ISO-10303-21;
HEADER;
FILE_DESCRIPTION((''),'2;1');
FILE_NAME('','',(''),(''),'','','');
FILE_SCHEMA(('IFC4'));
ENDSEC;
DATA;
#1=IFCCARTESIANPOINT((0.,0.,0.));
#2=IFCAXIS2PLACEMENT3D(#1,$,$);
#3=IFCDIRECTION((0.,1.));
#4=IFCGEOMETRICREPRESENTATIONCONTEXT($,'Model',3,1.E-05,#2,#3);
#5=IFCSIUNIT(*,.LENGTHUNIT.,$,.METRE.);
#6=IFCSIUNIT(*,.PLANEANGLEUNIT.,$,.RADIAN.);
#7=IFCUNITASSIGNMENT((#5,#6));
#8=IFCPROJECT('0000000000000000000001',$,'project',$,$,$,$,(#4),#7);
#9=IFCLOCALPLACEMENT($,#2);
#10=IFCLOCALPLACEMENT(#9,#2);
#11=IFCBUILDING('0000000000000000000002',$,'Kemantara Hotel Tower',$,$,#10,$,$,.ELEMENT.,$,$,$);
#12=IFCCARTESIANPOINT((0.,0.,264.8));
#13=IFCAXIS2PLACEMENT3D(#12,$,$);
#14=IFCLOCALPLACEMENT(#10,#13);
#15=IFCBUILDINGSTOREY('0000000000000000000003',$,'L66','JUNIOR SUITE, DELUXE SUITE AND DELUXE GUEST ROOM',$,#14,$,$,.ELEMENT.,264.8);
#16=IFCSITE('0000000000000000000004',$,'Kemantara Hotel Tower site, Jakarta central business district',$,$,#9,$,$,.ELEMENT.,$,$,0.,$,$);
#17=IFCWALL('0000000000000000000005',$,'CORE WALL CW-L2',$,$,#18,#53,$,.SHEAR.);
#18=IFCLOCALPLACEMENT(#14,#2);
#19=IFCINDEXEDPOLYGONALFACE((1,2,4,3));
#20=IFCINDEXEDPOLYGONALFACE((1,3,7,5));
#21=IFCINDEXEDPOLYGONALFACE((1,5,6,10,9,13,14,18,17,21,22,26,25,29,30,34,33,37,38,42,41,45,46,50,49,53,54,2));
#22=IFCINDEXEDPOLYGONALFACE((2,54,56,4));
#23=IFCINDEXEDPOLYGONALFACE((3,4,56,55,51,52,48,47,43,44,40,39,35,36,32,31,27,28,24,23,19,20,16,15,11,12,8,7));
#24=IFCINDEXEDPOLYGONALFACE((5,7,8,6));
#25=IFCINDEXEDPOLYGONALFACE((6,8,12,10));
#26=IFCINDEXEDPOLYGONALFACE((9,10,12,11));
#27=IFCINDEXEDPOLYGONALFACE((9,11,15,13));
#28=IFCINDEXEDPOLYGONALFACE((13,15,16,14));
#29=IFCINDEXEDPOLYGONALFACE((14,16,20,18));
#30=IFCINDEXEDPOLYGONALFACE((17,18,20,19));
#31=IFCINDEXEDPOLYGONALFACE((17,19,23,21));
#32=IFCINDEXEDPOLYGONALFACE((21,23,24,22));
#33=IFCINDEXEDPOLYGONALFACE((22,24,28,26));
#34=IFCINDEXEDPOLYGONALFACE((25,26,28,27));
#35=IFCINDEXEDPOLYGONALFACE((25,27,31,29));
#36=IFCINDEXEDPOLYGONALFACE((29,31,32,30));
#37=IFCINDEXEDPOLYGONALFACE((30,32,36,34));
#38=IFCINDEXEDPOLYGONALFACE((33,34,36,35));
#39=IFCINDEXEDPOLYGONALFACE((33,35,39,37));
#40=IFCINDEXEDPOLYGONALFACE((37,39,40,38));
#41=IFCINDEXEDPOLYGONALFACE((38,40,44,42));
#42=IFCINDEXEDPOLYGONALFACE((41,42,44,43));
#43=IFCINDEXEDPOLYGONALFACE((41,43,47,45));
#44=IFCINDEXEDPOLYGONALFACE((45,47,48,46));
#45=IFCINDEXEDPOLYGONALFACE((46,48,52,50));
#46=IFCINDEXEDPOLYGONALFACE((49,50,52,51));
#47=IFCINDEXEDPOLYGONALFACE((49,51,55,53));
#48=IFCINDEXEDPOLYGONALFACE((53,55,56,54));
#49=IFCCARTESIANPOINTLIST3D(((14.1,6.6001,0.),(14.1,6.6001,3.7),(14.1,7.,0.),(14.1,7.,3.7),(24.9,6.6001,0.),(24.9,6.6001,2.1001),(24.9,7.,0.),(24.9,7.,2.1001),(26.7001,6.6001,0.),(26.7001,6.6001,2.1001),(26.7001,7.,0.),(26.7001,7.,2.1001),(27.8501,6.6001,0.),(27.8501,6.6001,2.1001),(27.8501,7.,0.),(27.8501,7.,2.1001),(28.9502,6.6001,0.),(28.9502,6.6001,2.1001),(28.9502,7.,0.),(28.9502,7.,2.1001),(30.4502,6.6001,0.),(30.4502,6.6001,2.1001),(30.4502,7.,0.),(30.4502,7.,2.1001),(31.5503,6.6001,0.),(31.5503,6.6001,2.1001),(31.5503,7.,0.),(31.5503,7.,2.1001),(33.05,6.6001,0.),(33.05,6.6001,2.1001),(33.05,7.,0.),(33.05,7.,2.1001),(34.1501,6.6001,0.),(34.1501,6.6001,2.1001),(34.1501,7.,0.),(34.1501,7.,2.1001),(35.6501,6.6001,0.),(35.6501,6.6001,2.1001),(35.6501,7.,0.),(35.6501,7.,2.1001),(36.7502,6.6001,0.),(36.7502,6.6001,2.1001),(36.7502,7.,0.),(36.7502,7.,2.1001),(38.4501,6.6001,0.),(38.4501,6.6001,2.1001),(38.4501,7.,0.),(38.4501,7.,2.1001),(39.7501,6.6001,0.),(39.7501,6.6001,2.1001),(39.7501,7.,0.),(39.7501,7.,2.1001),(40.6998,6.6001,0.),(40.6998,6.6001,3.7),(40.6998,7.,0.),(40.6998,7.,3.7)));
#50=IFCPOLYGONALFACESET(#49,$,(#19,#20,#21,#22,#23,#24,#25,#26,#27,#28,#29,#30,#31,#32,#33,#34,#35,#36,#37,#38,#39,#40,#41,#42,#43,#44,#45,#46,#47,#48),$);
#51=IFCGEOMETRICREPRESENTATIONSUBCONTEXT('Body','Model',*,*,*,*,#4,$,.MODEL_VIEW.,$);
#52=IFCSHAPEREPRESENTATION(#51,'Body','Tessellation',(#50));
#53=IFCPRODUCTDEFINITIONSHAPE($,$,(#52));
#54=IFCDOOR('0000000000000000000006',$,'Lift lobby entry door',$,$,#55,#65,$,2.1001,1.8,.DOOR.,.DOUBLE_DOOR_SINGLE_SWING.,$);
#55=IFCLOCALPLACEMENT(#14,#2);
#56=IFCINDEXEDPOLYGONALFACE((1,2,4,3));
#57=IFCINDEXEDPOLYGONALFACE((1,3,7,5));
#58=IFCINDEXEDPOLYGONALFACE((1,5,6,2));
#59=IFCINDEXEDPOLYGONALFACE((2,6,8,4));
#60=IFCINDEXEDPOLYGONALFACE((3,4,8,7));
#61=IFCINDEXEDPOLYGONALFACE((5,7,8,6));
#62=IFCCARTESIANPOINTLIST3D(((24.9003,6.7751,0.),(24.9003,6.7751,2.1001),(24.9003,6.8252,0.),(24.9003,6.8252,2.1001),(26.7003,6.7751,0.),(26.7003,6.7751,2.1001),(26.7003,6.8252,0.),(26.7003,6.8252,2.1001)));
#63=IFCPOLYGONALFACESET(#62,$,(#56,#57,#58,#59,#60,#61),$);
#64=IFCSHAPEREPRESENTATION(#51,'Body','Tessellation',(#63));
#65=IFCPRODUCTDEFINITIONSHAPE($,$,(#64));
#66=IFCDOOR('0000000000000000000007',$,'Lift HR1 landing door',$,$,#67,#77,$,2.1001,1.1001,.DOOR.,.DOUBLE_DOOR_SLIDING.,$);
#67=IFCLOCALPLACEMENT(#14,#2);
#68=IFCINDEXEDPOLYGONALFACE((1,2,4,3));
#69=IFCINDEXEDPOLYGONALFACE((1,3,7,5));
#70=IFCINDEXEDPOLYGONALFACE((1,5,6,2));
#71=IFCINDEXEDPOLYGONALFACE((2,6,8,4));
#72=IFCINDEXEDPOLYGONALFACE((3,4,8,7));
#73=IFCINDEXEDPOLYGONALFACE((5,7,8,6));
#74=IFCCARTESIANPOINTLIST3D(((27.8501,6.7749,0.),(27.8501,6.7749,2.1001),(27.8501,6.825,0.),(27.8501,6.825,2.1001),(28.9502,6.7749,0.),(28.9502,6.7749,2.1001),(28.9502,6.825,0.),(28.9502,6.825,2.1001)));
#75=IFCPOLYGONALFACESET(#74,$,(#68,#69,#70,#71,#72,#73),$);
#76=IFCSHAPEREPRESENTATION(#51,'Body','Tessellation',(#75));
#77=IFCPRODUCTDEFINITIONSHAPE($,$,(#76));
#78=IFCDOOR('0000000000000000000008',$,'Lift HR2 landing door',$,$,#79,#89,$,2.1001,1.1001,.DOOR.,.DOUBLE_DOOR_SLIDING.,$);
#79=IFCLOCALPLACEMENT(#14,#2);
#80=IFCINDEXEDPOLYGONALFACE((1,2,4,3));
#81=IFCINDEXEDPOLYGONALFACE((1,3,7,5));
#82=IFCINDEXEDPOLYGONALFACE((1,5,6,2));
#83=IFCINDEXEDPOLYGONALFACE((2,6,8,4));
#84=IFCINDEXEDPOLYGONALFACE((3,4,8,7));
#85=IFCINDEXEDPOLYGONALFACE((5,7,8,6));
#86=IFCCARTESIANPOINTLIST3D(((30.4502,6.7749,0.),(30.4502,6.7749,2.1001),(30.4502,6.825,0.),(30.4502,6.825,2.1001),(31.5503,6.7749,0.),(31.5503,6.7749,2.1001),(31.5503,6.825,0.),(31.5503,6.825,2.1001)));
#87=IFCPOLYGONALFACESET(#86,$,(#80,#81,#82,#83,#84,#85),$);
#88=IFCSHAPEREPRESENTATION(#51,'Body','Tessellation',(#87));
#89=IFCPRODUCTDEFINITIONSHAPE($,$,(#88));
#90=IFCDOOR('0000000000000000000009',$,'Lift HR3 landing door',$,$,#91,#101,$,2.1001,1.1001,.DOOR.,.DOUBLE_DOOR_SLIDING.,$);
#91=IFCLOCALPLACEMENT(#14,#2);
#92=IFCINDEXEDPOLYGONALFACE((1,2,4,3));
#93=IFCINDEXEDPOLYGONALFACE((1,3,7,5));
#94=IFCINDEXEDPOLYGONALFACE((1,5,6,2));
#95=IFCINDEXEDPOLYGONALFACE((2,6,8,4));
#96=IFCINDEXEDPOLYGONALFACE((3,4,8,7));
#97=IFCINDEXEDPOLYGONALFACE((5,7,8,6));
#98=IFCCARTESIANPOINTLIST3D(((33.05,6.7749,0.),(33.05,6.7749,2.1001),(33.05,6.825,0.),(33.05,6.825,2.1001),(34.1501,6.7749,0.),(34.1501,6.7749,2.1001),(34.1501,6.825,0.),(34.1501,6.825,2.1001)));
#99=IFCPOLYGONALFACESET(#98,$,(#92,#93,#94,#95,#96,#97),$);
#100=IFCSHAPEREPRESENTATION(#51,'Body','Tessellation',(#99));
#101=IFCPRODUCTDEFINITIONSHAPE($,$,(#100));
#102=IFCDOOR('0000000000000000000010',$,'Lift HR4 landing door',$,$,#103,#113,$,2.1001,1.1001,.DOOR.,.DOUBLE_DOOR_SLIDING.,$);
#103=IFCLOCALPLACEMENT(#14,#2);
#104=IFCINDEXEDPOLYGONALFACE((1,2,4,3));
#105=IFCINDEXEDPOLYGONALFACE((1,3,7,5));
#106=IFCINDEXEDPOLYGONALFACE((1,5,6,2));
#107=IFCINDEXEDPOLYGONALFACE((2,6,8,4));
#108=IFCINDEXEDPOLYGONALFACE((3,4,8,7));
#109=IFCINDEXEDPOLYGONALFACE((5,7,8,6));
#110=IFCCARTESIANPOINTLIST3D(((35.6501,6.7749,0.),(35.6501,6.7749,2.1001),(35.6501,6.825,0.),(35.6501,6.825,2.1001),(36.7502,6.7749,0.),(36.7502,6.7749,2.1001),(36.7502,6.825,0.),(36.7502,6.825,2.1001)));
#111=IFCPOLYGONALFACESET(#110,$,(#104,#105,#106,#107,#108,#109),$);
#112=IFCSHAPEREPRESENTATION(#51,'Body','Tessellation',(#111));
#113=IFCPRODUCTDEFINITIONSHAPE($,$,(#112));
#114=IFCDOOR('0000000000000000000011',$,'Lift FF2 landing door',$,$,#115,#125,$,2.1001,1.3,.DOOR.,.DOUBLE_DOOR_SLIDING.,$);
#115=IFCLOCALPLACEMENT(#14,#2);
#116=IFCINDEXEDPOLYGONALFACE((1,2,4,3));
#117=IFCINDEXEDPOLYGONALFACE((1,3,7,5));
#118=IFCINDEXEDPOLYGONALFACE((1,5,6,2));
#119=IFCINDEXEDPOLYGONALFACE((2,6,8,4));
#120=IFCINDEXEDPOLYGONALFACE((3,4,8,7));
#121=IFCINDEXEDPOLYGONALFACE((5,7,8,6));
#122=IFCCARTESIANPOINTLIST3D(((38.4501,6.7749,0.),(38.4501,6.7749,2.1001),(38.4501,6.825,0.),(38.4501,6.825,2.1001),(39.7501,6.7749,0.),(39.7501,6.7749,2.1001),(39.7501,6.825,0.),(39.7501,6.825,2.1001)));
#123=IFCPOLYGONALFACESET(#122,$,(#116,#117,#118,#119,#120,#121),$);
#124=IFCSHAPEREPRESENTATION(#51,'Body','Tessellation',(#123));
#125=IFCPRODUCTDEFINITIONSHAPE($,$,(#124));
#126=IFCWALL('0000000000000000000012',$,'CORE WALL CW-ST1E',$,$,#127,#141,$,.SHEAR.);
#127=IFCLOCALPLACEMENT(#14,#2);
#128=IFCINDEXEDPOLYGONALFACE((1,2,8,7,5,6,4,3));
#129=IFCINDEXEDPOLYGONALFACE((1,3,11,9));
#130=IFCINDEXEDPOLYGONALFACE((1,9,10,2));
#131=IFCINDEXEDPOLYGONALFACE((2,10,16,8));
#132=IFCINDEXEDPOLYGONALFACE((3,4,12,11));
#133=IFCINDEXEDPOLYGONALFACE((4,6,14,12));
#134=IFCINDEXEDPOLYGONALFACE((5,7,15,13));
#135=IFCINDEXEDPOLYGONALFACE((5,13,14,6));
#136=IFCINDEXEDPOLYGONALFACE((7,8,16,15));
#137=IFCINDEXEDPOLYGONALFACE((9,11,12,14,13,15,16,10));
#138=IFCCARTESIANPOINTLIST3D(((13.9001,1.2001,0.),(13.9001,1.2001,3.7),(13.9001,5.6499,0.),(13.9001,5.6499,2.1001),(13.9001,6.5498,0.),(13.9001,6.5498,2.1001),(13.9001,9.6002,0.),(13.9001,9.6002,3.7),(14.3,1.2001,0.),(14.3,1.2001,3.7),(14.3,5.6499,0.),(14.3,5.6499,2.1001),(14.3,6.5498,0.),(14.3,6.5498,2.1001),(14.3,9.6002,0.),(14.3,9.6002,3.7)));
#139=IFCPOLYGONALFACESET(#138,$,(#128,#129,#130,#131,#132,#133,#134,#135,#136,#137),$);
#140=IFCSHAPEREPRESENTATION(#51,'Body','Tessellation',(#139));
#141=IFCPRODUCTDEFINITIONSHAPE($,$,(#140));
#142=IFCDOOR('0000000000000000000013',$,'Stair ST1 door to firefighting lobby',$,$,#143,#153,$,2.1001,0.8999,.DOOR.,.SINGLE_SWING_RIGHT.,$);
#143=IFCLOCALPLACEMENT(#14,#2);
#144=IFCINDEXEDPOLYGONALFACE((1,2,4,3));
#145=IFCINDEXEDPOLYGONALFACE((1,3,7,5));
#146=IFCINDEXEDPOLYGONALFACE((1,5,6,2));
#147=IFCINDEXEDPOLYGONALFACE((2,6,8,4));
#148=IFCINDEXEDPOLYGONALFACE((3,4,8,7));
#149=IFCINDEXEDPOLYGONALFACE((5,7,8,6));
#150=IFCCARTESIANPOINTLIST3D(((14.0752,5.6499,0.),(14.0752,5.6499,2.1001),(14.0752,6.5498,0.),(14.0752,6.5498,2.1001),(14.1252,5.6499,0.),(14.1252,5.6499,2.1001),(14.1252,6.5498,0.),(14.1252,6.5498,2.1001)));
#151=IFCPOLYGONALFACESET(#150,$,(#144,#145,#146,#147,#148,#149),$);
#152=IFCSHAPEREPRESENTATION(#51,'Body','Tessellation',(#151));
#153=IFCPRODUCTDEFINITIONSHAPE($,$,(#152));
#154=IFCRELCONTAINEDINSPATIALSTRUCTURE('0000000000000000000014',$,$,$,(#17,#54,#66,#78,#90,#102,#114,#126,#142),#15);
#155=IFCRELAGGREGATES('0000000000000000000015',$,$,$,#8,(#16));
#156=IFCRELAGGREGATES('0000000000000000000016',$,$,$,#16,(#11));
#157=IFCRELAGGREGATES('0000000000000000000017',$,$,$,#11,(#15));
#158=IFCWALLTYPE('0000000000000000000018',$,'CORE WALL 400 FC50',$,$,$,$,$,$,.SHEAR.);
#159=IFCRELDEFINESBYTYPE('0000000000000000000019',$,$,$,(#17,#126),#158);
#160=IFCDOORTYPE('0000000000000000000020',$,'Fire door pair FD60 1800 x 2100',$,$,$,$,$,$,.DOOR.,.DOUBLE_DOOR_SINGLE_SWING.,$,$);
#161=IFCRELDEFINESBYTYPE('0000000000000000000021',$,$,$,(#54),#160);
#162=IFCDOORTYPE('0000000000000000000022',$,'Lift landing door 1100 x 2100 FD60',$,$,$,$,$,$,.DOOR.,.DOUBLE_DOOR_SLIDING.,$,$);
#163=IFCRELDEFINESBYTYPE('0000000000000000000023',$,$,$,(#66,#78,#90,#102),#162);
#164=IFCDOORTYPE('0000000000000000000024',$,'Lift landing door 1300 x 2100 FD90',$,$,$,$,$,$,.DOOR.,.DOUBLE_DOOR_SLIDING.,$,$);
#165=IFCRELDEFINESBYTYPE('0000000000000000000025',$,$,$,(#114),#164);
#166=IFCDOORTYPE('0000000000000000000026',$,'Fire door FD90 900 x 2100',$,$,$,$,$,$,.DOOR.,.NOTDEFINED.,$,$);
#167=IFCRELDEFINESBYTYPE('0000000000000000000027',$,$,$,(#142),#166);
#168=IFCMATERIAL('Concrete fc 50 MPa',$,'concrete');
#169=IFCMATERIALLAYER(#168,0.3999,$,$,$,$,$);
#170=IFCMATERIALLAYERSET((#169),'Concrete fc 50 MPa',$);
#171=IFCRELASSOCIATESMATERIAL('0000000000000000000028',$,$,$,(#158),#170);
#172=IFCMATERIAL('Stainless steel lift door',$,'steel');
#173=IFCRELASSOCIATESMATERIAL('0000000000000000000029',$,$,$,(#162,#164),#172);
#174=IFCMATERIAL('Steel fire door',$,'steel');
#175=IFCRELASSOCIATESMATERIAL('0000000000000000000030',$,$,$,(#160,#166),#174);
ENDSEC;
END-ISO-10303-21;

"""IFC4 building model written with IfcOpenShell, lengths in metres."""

from ifc_helpers import new_model, si_unit, direction, frame, frame_2d, origin, place, context, subcontext, project, spatial, rectangle, extrude, material, layer, layer_set, type_object, element, fill, save


model = new_model("IFC4")

# Units and contexts
model_context = context("Model", 3, precision=1e-05, world=origin(), true_north=direction((0.0, 1.0)))
body_context = subcontext(model_context, "Body", "Model", "MODEL_VIEW")
ifc_project = project(units=[si_unit("LENGTHUNIT", "METRE"), si_unit("PLANEANGLEUNIT", "RADIAN")], contexts=[model_context])

# Site, building, storey
site_placement = place(None, origin())
site = spatial("IfcSite", under=ifc_project, at=site_placement, Name="Kemantara Hotel Tower site, Jakarta central business district", CompositionType="ELEMENT", RefElevation=0.0)
building_placement = place(site_placement, origin())
building = spatial("IfcBuilding", under=site, at=building_placement, Name="Kemantara Hotel Tower", CompositionType="ELEMENT")
storey_placement = place(building_placement, frame((0.0, 0.0, 264.8)))
storey = spatial("IfcBuildingStorey", under=building, at=storey_placement, Name="L66", Description="JUNIOR SUITE, DELUXE SUITE AND DELUXE GUEST ROOM", CompositionType="ELEMENT", Elevation=264.8)

# Shared definitions
ifc_material_1 = material(Name="Concrete fc 50 MPa", Category="concrete")

# Shared definitions
ifc_layer_1 = layer(ifc_material_1, 0.3999)
ifc_layer_set_1 = layer_set([ifc_layer_1], Name="Concrete fc 50 MPa")
wall_type_1 = type_object("IfcWallType", Name="CORE WALL 400 FC50", PredefinedType="SHEAR", material=ifc_layer_set_1)
ifc_material_2 = material(Name="Steel fire door", Category="steel")

# Wall, openings, doors
ifc_material_3 = material(Name="Stainless steel lift door", Category="steel")
door_type_1 = type_object("IfcDoorType", Name="Lift landing door 1100 x 2100 FD60", OperationType="DOUBLE_DOOR_SLIDING", PredefinedType="DOOR", material=ifc_material_3)
door_type_2 = type_object("IfcDoorType", Name="Lift landing door 1300 x 2100 FD90", OperationType="DOUBLE_DOOR_SLIDING", PredefinedType="DOOR", material=ifc_material_3)
wall_1_placement = place(storey_placement, frame((14.1001, 6.8, 0.0), z_axis=(0.0, 0.0, 1.0), x_axis=(1.0, 0.0, 0.0)))
wall_1 = element("IfcWall", 1, at=wall_1_placement, inside=storey, type_object=wall_type_1, Name="CORE WALL CW-L2", PredefinedType="SHEAR", context=body_context, shape_type="SweptSolid", body=[
    extrude(rectangle(XDim=26.5999, YDim=0.3999, at=frame_2d((13.2998, 0.0))), origin(), (0.0, 0.0, 1.0), 3.7),
])
opening_1_placement = place(wall_1_placement, frame((10.8, 0.0, 0.0)))
opening_1 = element("IfcOpeningElement", 2, at=opening_1_placement, cuts=wall_1, PredefinedType="OPENING", context=body_context, shape_type="SweptSolid", body=[
    extrude(rectangle(XDim=1.8, YDim=2.1001, at=frame_2d((0.8999, 1.05))), frame((0.0, 0.21, 0.0), z_axis=(0.0, -1.0, 0.0), x_axis=(1.0, 0.0, 0.0)), (0.0, 0.0, 1.0), 0.4199),
])
opening_2_placement = place(wall_1_placement, frame((13.75, 0.0, 0.0)))
opening_2 = element("IfcOpeningElement", 3, at=opening_2_placement, cuts=wall_1, PredefinedType="OPENING", context=body_context, shape_type="SweptSolid", body=[
    extrude(rectangle(XDim=1.1001, YDim=2.1001, at=frame_2d((0.55, 1.05))), frame((0.0, 0.21, 0.0), z_axis=(0.0, -1.0, 0.0), x_axis=(1.0, 0.0, 0.0)), (0.0, 0.0, 1.0), 0.4199),
])
opening_3_placement = place(wall_1_placement, frame((16.3501, 0.0, 0.0)))
opening_3 = element("IfcOpeningElement", 4, at=opening_3_placement, cuts=wall_1, PredefinedType="OPENING", context=body_context, shape_type="SweptSolid", body=[
    extrude(rectangle(XDim=1.1001, YDim=2.1001, at=frame_2d((0.55, 1.05))), frame((0.0, 0.21, 0.0), z_axis=(0.0, -1.0, 0.0), x_axis=(1.0, 0.0, 0.0)), (0.0, 0.0, 1.0), 0.4199),
])
opening_4_placement = place(wall_1_placement, frame((18.95, 0.0, 0.0)))
opening_4 = element("IfcOpeningElement", 5, at=opening_4_placement, cuts=wall_1, PredefinedType="OPENING", context=body_context, shape_type="SweptSolid", body=[
    extrude(rectangle(XDim=1.1001, YDim=2.1001, at=frame_2d((0.55, 1.05))), frame((0.0, 0.21, 0.0), z_axis=(0.0, -1.0, 0.0), x_axis=(1.0, 0.0, 0.0)), (0.0, 0.0, 1.0), 0.4199),
])
opening_5_placement = place(wall_1_placement, frame((21.55, 0.0, 0.0)))
opening_5 = element("IfcOpeningElement", 6, at=opening_5_placement, cuts=wall_1, PredefinedType="OPENING", context=body_context, shape_type="SweptSolid", body=[
    extrude(rectangle(XDim=1.1001, YDim=2.1001, at=frame_2d((0.55, 1.05))), frame((0.0, 0.21, 0.0), z_axis=(0.0, -1.0, 0.0), x_axis=(1.0, 0.0, 0.0)), (0.0, 0.0, 1.0), 0.4199),
])
opening_6_placement = place(wall_1_placement, frame((24.3501, 0.0, 0.0)))
opening_6 = element("IfcOpeningElement", 7, at=opening_6_placement, cuts=wall_1, PredefinedType="OPENING", context=body_context, shape_type="SweptSolid", body=[
    extrude(rectangle(XDim=1.3, YDim=2.1001, at=frame_2d((0.6499, 1.05))), frame((0.0, 0.21, 0.0), z_axis=(0.0, -1.0, 0.0), x_axis=(1.0, 0.0, 0.0)), (0.0, 0.0, 1.0), 0.4199),
])
door_type_3 = type_object("IfcDoorType", Name="Fire door pair FD60 1800 x 2100", OperationType="DOUBLE_DOOR_SINGLE_SWING", PredefinedType="DOOR", material=ifc_material_2)
door_1_placement = place(opening_1_placement, frame((1.8, 0.0, 0.0), z_axis=(0.0, 0.0, 1.0), x_axis=(-1.0, 0.0, 0.0)))
door_1 = element("IfcDoor", 8, at=door_1_placement, inside=storey, type_object=door_type_3, Name="Lift lobby entry door", OperationType="DOUBLE_DOOR_SINGLE_SWING", OverallHeight=2.1001, OverallWidth=1.8, PredefinedType="DOOR", context=body_context, shape_type="SweptSolid", body=[
    extrude(rectangle(XDim=1.8, YDim=2.1001, at=frame_2d((0.8999, 1.05))), frame((0.0, 0.0249, 0.0), z_axis=(0.0, -1.0, 0.0), x_axis=(1.0, 0.0, 0.0)), (0.0, 0.0, 1.0), 0.05),
])
fill(opening_1, door_1)
door_2_placement = place(opening_2_placement, origin())
door_2 = element("IfcDoor", 9, at=door_2_placement, inside=storey, type_object=door_type_1, Name="Lift HR1 landing door", OperationType="DOUBLE_DOOR_SLIDING", OverallHeight=2.1001, OverallWidth=1.1001, PredefinedType="DOOR", context=body_context, shape_type="SweptSolid", body=[
    extrude(rectangle(XDim=1.1001, YDim=2.1001, at=frame_2d((0.55, 1.05))), frame((0.0, 0.0249, 0.0), z_axis=(0.0, -1.0, 0.0), x_axis=(1.0, 0.0, 0.0)), (0.0, 0.0, 1.0), 0.05),
])
fill(opening_2, door_2)
door_3_placement = place(opening_3_placement, origin())
door_3 = element("IfcDoor", 10, at=door_3_placement, inside=storey, type_object=door_type_1, Name="Lift HR2 landing door", OperationType="DOUBLE_DOOR_SLIDING", OverallHeight=2.1001, OverallWidth=1.1001, PredefinedType="DOOR", context=body_context, shape_type="SweptSolid", body=[
    extrude(rectangle(XDim=1.1001, YDim=2.1001, at=frame_2d((0.55, 1.05))), frame((0.0, 0.0249, 0.0), z_axis=(0.0, -1.0, 0.0), x_axis=(1.0, 0.0, 0.0)), (0.0, 0.0, 1.0), 0.05),
])
fill(opening_3, door_3)
door_4_placement = place(opening_4_placement, origin())
door_4 = element("IfcDoor", 11, at=door_4_placement, inside=storey, type_object=door_type_1, Name="Lift HR3 landing door", OperationType="DOUBLE_DOOR_SLIDING", OverallHeight=2.1001, OverallWidth=1.1001, PredefinedType="DOOR", context=body_context, shape_type="SweptSolid", body=[
    extrude(rectangle(XDim=1.1001, YDim=2.1001, at=frame_2d((0.55, 1.05))), frame((0.0, 0.0249, 0.0), z_axis=(0.0, -1.0, 0.0), x_axis=(1.0, 0.0, 0.0)), (0.0, 0.0, 1.0), 0.05),
])
fill(opening_4, door_4)
door_5_placement = place(opening_5_placement, origin())
door_5 = element("IfcDoor", 12, at=door_5_placement, inside=storey, type_object=door_type_1, Name="Lift HR4 landing door", OperationType="DOUBLE_DOOR_SLIDING", OverallHeight=2.1001, OverallWidth=1.1001, PredefinedType="DOOR", context=body_context, shape_type="SweptSolid", body=[
    extrude(rectangle(XDim=1.1001, YDim=2.1001, at=frame_2d((0.55, 1.05))), frame((0.0, 0.0249, 0.0), z_axis=(0.0, -1.0, 0.0), x_axis=(1.0, 0.0, 0.0)), (0.0, 0.0, 1.0), 0.05),
])
fill(opening_5, door_5)
door_6_placement = place(opening_6_placement, origin())
door_6 = element("IfcDoor", 13, at=door_6_placement, inside=storey, type_object=door_type_2, Name="Lift FF2 landing door", OperationType="DOUBLE_DOOR_SLIDING", OverallHeight=2.1001, OverallWidth=1.3, PredefinedType="DOOR", context=body_context, shape_type="SweptSolid", body=[
    extrude(rectangle(XDim=1.3, YDim=2.1001, at=frame_2d((0.6499, 1.05))), frame((0.0, 0.0249, 0.0), z_axis=(0.0, -1.0, 0.0), x_axis=(1.0, 0.0, 0.0)), (0.0, 0.0, 1.0), 0.05),
])
fill(opening_6, door_6)

# Wall, opening, door
wall_2_placement = place(storey_placement, frame((14.1001, 1.2, 0.0), z_axis=(0.0, 0.0, 1.0), x_axis=(0.0, 1.0, 0.0)))
wall_2 = element("IfcWall", 14, at=wall_2_placement, inside=storey, type_object=wall_type_1, Name="CORE WALL CW-ST1E", PredefinedType="SHEAR", context=body_context, shape_type="SweptSolid", body=[
    extrude(rectangle(XDim=8.4001, YDim=0.3999, at=frame_2d((4.2002, 0.0))), origin(), (0.0, 0.0, 1.0), 3.7),
])
opening_7_placement = place(wall_2_placement, frame((4.45, 0.0, 0.0)))
opening_7 = element("IfcOpeningElement", 15, at=opening_7_placement, cuts=wall_2, PredefinedType="OPENING", context=body_context, shape_type="SweptSolid", body=[
    extrude(rectangle(XDim=0.8999, YDim=2.1001, at=frame_2d((0.45, 1.05))), frame((0.0, 0.21, 0.0), z_axis=(0.0, -1.0, 0.0), x_axis=(1.0, 0.0, 0.0)), (0.0, 0.0, 1.0), 0.4199),
])
door_type_4 = type_object("IfcDoorType", Name="Fire door FD90 900 x 2100", OperationType="NOTDEFINED", PredefinedType="DOOR", material=ifc_material_2)
door_7_placement = place(opening_7_placement, origin())
door_7 = element("IfcDoor", 16, at=door_7_placement, inside=storey, type_object=door_type_4, Name="Stair ST1 door to firefighting lobby", OperationType="SINGLE_SWING_RIGHT", OverallHeight=2.1001, OverallWidth=0.8999, PredefinedType="DOOR", context=body_context, shape_type="SweptSolid", body=[
    extrude(rectangle(XDim=0.8999, YDim=2.1001, at=frame_2d((0.45, 1.05))), frame((0.0, 0.0249, 0.0), z_axis=(0.0, -1.0, 0.0), x_axis=(1.0, 0.0, 0.0)), (0.0, 0.0, 1.0), 0.05),
])
fill(opening_7, door_7)

save(model, "model.ifc")
